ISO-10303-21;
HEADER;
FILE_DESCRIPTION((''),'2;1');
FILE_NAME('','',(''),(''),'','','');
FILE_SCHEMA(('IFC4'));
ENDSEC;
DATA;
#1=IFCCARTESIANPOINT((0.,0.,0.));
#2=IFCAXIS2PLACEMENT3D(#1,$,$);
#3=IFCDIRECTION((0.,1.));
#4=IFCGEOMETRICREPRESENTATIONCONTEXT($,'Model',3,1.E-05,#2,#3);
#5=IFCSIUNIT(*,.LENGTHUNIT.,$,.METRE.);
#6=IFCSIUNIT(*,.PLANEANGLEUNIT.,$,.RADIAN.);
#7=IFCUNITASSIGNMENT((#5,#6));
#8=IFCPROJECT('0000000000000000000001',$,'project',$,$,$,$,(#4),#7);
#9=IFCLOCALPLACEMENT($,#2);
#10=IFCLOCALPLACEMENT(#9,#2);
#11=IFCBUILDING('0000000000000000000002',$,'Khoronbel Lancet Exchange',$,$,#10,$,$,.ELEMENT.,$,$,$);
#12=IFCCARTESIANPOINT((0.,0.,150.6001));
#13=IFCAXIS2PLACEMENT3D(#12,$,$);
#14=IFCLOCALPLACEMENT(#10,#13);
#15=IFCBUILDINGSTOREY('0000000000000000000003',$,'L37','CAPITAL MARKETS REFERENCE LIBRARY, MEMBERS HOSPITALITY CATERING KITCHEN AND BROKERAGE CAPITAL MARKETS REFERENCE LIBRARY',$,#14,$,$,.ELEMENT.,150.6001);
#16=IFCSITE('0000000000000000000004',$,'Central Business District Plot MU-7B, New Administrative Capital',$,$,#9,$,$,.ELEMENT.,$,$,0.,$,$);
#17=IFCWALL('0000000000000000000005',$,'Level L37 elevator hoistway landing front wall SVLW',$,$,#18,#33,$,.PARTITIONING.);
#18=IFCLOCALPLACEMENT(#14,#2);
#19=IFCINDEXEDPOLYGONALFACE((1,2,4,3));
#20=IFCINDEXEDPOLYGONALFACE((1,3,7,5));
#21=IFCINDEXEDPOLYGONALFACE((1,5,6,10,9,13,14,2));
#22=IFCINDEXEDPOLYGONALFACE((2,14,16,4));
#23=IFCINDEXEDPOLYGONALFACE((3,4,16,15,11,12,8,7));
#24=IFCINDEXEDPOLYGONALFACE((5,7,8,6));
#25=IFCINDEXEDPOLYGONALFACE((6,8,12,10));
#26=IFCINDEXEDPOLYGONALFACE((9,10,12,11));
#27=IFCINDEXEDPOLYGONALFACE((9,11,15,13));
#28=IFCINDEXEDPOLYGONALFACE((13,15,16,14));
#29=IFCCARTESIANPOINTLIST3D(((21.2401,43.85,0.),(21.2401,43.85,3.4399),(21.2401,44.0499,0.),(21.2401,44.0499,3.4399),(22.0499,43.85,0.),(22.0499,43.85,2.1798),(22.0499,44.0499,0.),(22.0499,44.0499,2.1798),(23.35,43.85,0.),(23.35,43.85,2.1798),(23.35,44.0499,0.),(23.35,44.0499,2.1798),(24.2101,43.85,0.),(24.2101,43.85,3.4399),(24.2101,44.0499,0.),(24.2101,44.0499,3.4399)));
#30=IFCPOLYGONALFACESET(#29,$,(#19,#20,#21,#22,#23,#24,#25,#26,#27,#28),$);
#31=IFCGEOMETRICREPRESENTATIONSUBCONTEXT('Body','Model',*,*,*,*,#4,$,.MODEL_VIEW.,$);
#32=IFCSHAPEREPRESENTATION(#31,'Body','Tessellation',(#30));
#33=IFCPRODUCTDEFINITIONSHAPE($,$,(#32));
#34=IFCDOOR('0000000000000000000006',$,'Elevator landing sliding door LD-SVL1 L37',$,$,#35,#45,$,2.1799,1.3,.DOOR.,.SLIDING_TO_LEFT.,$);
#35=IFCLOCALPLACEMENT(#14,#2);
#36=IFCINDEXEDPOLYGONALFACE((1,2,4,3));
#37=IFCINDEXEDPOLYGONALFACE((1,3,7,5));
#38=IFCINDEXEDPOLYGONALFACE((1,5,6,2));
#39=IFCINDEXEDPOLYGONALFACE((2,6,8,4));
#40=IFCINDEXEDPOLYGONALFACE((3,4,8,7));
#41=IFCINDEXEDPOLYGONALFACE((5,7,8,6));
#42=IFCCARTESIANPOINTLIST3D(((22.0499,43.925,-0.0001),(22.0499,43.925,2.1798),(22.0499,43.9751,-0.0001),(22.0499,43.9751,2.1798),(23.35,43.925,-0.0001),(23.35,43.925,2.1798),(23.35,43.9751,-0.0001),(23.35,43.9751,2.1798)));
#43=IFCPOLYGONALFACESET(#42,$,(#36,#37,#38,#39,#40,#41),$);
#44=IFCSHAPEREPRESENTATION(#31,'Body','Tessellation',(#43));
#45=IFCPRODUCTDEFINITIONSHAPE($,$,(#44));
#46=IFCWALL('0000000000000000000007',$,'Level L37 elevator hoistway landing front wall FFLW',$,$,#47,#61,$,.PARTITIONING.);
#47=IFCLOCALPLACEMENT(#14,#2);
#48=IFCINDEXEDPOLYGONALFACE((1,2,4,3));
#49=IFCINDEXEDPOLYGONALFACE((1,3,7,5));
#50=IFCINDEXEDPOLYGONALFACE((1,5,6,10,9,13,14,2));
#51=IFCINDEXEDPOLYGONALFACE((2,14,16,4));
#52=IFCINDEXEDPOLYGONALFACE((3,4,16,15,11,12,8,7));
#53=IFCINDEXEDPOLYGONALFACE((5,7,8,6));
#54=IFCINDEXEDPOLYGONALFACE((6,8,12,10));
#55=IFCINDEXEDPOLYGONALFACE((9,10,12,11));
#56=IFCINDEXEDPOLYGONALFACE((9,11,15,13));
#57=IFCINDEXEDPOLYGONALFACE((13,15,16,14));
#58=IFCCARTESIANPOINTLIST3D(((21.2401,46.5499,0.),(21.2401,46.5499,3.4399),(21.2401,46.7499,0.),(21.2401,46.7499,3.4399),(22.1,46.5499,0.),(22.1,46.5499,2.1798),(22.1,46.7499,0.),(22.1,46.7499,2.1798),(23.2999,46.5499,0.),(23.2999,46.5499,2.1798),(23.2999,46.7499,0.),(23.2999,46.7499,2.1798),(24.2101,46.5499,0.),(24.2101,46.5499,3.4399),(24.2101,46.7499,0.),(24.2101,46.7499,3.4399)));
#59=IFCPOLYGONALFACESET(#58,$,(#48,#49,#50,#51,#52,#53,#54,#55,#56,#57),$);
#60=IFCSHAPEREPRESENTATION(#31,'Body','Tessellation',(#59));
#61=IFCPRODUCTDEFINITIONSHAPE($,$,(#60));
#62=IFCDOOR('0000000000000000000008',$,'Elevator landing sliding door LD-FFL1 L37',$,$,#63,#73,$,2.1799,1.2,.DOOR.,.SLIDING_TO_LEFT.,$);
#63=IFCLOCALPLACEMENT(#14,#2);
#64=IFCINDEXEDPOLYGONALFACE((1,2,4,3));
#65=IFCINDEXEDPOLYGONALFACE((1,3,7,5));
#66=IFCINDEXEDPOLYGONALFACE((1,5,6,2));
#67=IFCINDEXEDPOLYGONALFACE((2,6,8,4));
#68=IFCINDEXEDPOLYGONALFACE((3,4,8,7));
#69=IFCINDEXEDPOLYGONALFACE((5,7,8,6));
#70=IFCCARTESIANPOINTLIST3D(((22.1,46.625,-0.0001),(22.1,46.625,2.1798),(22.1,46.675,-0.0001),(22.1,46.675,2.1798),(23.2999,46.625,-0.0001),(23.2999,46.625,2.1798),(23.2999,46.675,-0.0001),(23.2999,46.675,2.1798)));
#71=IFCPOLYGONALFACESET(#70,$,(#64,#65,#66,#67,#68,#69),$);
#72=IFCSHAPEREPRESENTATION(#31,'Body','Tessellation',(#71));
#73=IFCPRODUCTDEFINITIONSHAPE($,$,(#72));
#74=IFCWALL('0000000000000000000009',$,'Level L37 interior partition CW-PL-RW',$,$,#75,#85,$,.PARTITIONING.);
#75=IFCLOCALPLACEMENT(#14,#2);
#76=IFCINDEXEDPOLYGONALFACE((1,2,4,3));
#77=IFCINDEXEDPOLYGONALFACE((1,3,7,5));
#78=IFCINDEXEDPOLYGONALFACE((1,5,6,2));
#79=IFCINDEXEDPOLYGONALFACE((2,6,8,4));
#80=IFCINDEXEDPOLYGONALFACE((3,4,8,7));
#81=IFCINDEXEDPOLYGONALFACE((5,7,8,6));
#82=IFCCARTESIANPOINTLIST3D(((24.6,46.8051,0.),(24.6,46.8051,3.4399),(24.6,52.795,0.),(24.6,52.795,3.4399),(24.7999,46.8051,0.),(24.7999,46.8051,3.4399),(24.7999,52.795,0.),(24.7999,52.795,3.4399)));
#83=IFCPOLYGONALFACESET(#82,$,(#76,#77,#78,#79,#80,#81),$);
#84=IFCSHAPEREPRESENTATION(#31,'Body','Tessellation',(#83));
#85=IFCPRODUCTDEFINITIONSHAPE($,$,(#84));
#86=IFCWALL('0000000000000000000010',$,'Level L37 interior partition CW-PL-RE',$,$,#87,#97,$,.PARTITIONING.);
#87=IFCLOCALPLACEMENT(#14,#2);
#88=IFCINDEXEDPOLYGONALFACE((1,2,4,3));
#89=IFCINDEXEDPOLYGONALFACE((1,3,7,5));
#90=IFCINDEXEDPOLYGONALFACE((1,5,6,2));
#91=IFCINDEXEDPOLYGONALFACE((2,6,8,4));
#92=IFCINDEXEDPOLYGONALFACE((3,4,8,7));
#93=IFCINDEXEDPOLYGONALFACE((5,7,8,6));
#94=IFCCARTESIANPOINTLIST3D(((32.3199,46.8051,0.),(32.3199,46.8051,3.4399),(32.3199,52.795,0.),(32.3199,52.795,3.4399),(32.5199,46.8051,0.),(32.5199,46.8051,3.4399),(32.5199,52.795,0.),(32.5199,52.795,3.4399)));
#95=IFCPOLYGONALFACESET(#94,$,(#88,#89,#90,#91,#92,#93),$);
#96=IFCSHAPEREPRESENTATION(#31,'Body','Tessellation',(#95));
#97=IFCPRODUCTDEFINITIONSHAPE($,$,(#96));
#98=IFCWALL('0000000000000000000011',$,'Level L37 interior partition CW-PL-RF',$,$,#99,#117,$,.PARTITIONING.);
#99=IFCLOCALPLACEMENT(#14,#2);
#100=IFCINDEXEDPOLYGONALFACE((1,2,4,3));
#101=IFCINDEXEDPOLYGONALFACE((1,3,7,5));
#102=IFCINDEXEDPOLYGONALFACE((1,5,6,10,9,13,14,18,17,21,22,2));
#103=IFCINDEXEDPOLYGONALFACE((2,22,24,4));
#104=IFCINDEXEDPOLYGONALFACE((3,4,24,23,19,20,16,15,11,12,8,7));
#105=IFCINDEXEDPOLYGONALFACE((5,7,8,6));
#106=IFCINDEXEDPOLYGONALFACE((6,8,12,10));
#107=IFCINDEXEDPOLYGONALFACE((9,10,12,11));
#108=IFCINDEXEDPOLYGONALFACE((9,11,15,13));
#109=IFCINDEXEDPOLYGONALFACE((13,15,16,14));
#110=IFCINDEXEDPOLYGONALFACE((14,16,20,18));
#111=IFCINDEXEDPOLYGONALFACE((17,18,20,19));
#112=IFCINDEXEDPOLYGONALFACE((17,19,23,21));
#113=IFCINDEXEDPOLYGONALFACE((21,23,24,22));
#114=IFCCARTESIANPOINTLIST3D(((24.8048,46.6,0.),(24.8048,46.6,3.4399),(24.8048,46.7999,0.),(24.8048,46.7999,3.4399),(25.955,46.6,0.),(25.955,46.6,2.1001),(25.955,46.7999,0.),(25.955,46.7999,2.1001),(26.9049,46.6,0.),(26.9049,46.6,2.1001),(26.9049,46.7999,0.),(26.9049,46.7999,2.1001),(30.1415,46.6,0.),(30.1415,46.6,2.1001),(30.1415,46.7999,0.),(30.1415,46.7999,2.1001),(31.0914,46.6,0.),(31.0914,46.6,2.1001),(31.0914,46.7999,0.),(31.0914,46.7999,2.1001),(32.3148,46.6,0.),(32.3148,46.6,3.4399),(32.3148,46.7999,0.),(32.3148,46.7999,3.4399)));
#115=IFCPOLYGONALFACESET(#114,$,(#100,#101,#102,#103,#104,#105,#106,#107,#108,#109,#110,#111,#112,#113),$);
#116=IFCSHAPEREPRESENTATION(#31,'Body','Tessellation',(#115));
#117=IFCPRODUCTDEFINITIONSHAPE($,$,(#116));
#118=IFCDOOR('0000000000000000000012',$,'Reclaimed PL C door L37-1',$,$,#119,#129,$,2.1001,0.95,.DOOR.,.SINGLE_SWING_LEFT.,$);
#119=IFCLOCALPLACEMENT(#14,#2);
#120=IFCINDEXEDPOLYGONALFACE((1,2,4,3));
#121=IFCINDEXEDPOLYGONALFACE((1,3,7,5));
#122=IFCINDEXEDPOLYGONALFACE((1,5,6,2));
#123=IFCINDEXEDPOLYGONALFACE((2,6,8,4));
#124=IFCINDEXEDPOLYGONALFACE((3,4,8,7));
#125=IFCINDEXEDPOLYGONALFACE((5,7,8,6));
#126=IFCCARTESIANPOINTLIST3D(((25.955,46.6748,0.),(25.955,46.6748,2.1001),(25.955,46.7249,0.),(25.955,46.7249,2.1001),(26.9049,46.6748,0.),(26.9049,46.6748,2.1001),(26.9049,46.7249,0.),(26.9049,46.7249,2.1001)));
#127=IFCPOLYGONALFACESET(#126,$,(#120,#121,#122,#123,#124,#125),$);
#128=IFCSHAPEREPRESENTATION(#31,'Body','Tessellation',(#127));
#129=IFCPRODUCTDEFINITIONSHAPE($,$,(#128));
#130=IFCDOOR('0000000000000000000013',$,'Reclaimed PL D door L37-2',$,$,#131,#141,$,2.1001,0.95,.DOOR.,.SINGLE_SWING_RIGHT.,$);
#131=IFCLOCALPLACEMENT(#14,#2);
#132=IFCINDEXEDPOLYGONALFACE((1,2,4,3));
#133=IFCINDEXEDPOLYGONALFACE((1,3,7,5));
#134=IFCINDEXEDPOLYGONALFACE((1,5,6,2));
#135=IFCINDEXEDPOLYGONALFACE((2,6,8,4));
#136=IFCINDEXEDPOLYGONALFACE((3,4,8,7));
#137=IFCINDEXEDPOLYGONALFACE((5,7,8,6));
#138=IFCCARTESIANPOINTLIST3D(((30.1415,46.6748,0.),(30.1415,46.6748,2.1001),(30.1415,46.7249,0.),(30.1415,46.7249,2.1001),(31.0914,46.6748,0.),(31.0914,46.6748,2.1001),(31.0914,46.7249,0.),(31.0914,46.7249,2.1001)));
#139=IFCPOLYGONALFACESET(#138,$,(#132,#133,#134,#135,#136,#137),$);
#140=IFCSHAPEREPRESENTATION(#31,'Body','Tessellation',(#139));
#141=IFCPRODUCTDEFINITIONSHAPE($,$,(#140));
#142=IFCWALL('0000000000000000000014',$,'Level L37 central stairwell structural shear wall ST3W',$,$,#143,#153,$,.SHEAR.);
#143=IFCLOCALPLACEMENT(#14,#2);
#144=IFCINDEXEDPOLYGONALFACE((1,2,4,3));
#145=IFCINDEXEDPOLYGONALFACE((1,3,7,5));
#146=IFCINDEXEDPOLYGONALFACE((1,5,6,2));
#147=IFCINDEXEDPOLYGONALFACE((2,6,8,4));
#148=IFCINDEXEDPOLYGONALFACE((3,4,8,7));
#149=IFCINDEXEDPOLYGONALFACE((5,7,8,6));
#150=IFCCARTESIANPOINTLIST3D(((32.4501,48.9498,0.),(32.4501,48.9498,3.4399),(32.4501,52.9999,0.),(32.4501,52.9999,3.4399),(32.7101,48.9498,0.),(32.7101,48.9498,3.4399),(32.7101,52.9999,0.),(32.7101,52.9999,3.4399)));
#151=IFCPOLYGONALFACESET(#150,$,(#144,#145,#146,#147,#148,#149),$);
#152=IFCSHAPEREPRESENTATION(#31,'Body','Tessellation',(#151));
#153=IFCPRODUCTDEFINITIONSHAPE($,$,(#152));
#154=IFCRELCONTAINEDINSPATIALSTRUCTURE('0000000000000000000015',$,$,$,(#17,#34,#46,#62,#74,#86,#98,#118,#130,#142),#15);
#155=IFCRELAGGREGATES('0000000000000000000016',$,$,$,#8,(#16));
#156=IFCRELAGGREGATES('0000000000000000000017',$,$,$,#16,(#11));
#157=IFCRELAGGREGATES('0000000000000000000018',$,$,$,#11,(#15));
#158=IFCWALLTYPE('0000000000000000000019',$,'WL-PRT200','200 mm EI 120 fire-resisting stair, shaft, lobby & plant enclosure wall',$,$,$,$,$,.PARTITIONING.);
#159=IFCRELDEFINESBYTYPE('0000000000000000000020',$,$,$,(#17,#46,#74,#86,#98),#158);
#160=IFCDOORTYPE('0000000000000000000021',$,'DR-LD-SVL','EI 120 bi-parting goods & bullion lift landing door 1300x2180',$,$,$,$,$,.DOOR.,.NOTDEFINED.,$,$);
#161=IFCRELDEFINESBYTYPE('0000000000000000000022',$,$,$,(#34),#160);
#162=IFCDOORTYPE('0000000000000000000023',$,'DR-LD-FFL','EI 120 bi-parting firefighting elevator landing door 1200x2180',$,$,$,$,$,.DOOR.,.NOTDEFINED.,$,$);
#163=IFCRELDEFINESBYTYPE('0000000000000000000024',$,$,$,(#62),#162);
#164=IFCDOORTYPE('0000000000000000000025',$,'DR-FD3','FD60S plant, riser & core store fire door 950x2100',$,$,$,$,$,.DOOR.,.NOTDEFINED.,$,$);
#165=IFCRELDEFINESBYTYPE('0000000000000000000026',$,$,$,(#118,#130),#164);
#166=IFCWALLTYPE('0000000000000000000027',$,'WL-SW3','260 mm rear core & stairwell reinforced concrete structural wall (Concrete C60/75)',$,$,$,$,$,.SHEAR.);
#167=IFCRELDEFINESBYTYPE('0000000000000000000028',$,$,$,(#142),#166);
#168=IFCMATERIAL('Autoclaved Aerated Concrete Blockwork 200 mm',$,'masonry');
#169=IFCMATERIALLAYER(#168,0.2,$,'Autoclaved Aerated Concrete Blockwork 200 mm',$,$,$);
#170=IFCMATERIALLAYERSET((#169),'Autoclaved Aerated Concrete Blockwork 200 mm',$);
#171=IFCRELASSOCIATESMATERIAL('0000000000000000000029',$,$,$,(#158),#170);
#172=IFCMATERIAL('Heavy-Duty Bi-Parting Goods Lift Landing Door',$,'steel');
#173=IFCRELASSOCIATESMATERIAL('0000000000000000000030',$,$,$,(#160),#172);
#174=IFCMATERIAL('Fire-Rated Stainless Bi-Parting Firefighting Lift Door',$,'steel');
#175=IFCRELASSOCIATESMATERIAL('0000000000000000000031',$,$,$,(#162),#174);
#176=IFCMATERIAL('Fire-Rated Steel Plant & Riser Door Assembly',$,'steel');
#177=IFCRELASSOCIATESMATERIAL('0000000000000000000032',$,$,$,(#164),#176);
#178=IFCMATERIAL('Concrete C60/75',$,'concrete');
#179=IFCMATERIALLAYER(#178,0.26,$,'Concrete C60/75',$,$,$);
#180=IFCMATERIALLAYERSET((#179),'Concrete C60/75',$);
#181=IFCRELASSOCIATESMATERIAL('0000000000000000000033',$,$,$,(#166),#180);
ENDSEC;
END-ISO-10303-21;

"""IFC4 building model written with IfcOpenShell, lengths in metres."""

from ifc_helpers import new_model, si_unit, direction, frame, frame_2d, origin, place, context, subcontext, project, spatial, rectangle, extrude, material, layer, layer_set, type_object, element, fill, save


model = new_model("IFC4")

# Units and contexts
model_context = context("Model", 3, precision=1e-05, world=origin(), true_north=direction((0.0, 1.0)))
body_context = subcontext(model_context, "Body", "Model", "MODEL_VIEW")
ifc_project = project(units=[si_unit("LENGTHUNIT", "METRE"), si_unit("PLANEANGLEUNIT", "RADIAN")], contexts=[model_context])

# Site, building, storey
site_placement = place(None, origin())
site = spatial("IfcSite", under=ifc_project, at=site_placement, Name="Central Business District Plot MU-7B, New Administrative Capital", CompositionType="ELEMENT", RefElevation=0.0)
building_placement = place(site_placement, origin())
building = spatial("IfcBuilding", under=site, at=building_placement, Name="Khoronbel Lancet Exchange", CompositionType="ELEMENT")
storey_placement = place(building_placement, frame((0.0, 0.0, 150.6001)))
storey = spatial("IfcBuildingStorey", under=building, at=storey_placement, Name="L37", Description="CAPITAL MARKETS REFERENCE LIBRARY, MEMBERS HOSPITALITY CATERING KITCHEN AND BROKERAGE CAPITAL MARKETS REFERENCE LIBRARY", CompositionType="ELEMENT", Elevation=150.6001)

# Shared definitions
ifc_material_1 = material(Name="Autoclaved Aerated Concrete Blockwork 200 mm", Category="masonry")
ifc_layer_1 = layer(ifc_material_1, 0.2, Name="Autoclaved Aerated Concrete Blockwork 200 mm")
ifc_layer_set_1 = layer_set([ifc_layer_1], Name="Autoclaved Aerated Concrete Blockwork 200 mm")
wall_type_1 = type_object("IfcWallType", Name="WL-PRT200", Description="200 mm EI 120 fire-resisting stair, shaft, lobby & plant enclosure wall", PredefinedType="PARTITIONING", material=ifc_layer_set_1)

# Walls, openings, doors
wall_1_placement = place(storey_placement, frame((24.21, 43.95, 0.0), z_axis=(0.0, 0.0, 1.0), x_axis=(-1.0, 0.0, 0.0)))
wall_1 = element("IfcWall", 1, at=wall_1_placement, inside=storey, type_object=wall_type_1, Name="Level L37 elevator hoistway landing front wall SVLW", PredefinedType="PARTITIONING", context=body_context, shape_type="SweptSolid", body=[
    extrude(rectangle(XDim=2.97, YDim=0.2, at=frame_2d((1.4849, 0.0))), origin(), (0.0, 0.0, 1.0), 3.4399),
])
opening_1_placement = place(wall_1_placement, frame((0.8601, 0.0, 0.0)))
opening_1 = element("IfcOpeningElement", 2, at=opening_1_placement, cuts=wall_1, PredefinedType="OPENING", context=body_context, shape_type="SweptSolid", body=[
    extrude(rectangle(XDim=1.3, YDim=2.1799, at=frame_2d((0.6499, 1.0898))), frame((0.0, 0.1099, 0.0), z_axis=(0.0, -1.0, 0.0), x_axis=(1.0, 0.0, 0.0)), (0.0, 0.0, 1.0), 0.22),
])
ifc_material_2 = material(Name="Heavy-Duty Bi-Parting Goods Lift Landing Door", Category="steel")
door_type_1 = type_object("IfcDoorType", Name="DR-LD-SVL", Description="EI 120 bi-parting goods & bullion lift landing door 1300x2180", OperationType="NOTDEFINED", PredefinedType="DOOR", material=ifc_material_2)
door_1_placement = place(opening_1_placement, origin())
door_1 = element("IfcDoor", 3, at=door_1_placement, inside=storey, type_object=door_type_1, Name="Elevator landing sliding door LD-SVL1 L37", OperationType="SLIDING_TO_LEFT", OverallHeight=2.1799, OverallWidth=1.3, PredefinedType="DOOR", context=body_context, shape_type="SweptSolid", body=[
    extrude(rectangle(XDim=1.3, YDim=2.1799, at=frame_2d((0.6499, 1.0898))), frame((0.0, 0.0249, 0.0), z_axis=(0.0, -1.0, 0.0), x_axis=(1.0, 0.0, 0.0)), (0.0, 0.0, 1.0), 0.05),
])
fill(opening_1, door_1)
wall_2_placement = place(storey_placement, frame((24.21, 46.6499, 0.0), z_axis=(0.0, 0.0, 1.0), x_axis=(-1.0, 0.0, 0.0)))
wall_2 = element("IfcWall", 4, at=wall_2_placement, inside=storey, type_object=wall_type_1, Name="Level L37 elevator hoistway landing front wall FFLW", PredefinedType="PARTITIONING", context=body_context, shape_type="SweptSolid", body=[
    extrude(rectangle(XDim=2.97, YDim=0.2, at=frame_2d((1.4849, 0.0))), origin(), (0.0, 0.0, 1.0), 3.4399),
])
opening_2_placement = place(wall_2_placement, frame((0.9099, 0.0, 0.0)))
opening_2 = element("IfcOpeningElement", 5, at=opening_2_placement, cuts=wall_2, PredefinedType="OPENING", context=body_context, shape_type="SweptSolid", body=[
    extrude(rectangle(XDim=1.2, YDim=2.1799, at=frame_2d((0.6001, 1.0898))), frame((0.0, 0.1099, 0.0), z_axis=(0.0, -1.0, 0.0), x_axis=(1.0, 0.0, 0.0)), (0.0, 0.0, 1.0), 0.22),
])
ifc_material_3 = material(Name="Fire-Rated Stainless Bi-Parting Firefighting Lift Door", Category="steel")
door_type_2 = type_object("IfcDoorType", Name="DR-LD-FFL", Description="EI 120 bi-parting firefighting elevator landing door 1200x2180", OperationType="NOTDEFINED", PredefinedType="DOOR", material=ifc_material_3)
door_2_placement = place(opening_2_placement, origin())
door_2 = element("IfcDoor", 6, at=door_2_placement, inside=storey, type_object=door_type_2, Name="Elevator landing sliding door LD-FFL1 L37", OperationType="SLIDING_TO_LEFT", OverallHeight=2.1799, OverallWidth=1.2, PredefinedType="DOOR", context=body_context, shape_type="SweptSolid", body=[
    extrude(rectangle(XDim=1.2, YDim=2.1799, at=frame_2d((0.6001, 1.0898))), frame((0.0, 0.0249, 0.0), z_axis=(0.0, -1.0, 0.0), x_axis=(1.0, 0.0, 0.0)), (0.0, 0.0, 1.0), 0.05),
])
fill(opening_2, door_2)

# Walls
for number, where, z_axis, x_axis, name in (
    (7, (24.7, 46.8049, 0.0), (0.0, 0.0, 1.0), (0.0, 1.0, 0.0), "Level L37 interior partition CW-PL-RW"),
    (8, (32.4199, 46.8049, 0.0), (0.0, 0.0, 1.0), (0.0, 1.0, 0.0), "Level L37 interior partition CW-PL-RE"),
):
    element("IfcWall", number, at=place(storey_placement, frame(where, z_axis=z_axis, x_axis=x_axis)), inside=storey, type_object=wall_type_1, Name=name, PredefinedType="PARTITIONING", context=body_context, shape_type="SweptSolid", body=[
        extrude(rectangle(XDim=5.99, YDim=0.2, at=frame_2d((2.9951, 0.0))), origin(), (0.0, 0.0, 1.0), 3.4399),
    ])

# Wall, openings, doors
wall_3_placement = place(storey_placement, frame((24.8049, 46.7, 0.0), z_axis=(0.0, 0.0, 1.0), x_axis=(1.0, 0.0, 0.0)))
wall_3 = element("IfcWall", 9, at=wall_3_placement, inside=storey, type_object=wall_type_1, Name="Level L37 interior partition CW-PL-RF", PredefinedType="PARTITIONING", context=body_context, shape_type="SweptSolid", body=[
    extrude(rectangle(XDim=7.51, YDim=0.2, at=frame_2d((3.7549, 0.0))), origin(), (0.0, 0.0, 1.0), 3.4399),
])
opening_3_placement = place(wall_3_placement, frame((1.1499, 0.0, 0.0)))
opening_3 = element("IfcOpeningElement", 10, at=opening_3_placement, cuts=wall_3, PredefinedType="OPENING", context=body_context, shape_type="SweptSolid", body=[
    extrude(rectangle(XDim=0.95, YDim=2.1001, at=frame_2d((0.4751, 1.05))), frame((0.0, 0.1099, 0.0), z_axis=(0.0, -1.0, 0.0), x_axis=(1.0, 0.0, 0.0)), (0.0, 0.0, 1.0), 0.22),
])
opening_4_placement = place(wall_3_placement, frame((5.3364, 0.0, 0.0)))
opening_4 = element("IfcOpeningElement", 11, at=opening_4_placement, cuts=wall_3, PredefinedType="OPENING", context=body_context, shape_type="SweptSolid", body=[
    extrude(rectangle(XDim=0.95, YDim=2.1001, at=frame_2d((0.4751, 1.05))), frame((0.0, 0.1099, 0.0), z_axis=(0.0, -1.0, 0.0), x_axis=(1.0, 0.0, 0.0)), (0.0, 0.0, 1.0), 0.22),
])
ifc_material_4 = material(Name="Fire-Rated Steel Plant & Riser Door Assembly", Category="steel")
door_type_3 = type_object("IfcDoorType", Name="DR-FD3", Description="FD60S plant, riser & core store fire door 950x2100", OperationType="NOTDEFINED", PredefinedType="DOOR", material=ifc_material_4)
door_3_placement = place(opening_3_placement, origin())
door_3 = element("IfcDoor", 12, at=door_3_placement, inside=storey, type_object=door_type_3, Name="Reclaimed PL C door L37-1", OperationType="SINGLE_SWING_LEFT", OverallHeight=2.1001, OverallWidth=0.95, PredefinedType="DOOR", context=body_context, shape_type="SweptSolid", body=[
    extrude(rectangle(XDim=0.95, YDim=2.1001, at=frame_2d((0.4751, 1.05))), frame((0.0, 0.0249, 0.0), z_axis=(0.0, -1.0, 0.0), x_axis=(1.0, 0.0, 0.0)), (0.0, 0.0, 1.0), 0.05),
])
fill(opening_3, door_3)
door_4_placement = place(opening_4_placement, origin())
door_4 = element("IfcDoor", 13, at=door_4_placement, inside=storey, type_object=door_type_3, Name="Reclaimed PL D door L37-2", OperationType="SINGLE_SWING_RIGHT", OverallHeight=2.1001, OverallWidth=0.95, PredefinedType="DOOR", context=body_context, shape_type="SweptSolid", body=[
    extrude(rectangle(XDim=0.95, YDim=2.1001, at=frame_2d((0.4751, 1.05))), frame((0.0, 0.0249, 0.0), z_axis=(0.0, -1.0, 0.0), x_axis=(1.0, 0.0, 0.0)), (0.0, 0.0, 1.0), 0.05),
])
fill(opening_4, door_4)

# Wall
ifc_material_5 = material(Name="Concrete C60/75", Category="concrete")
ifc_layer_2 = layer(ifc_material_5, 0.26, Name="Concrete C60/75")
ifc_layer_set_2 = layer_set([ifc_layer_2], Name="Concrete C60/75")
wall_type_2 = type_object("IfcWallType", Name="WL-SW3", Description="260 mm rear core & stairwell reinforced concrete structural wall (Concrete C60/75)", PredefinedType="SHEAR", material=ifc_layer_set_2)
wall_4_placement = place(storey_placement, frame((32.5801, 48.95, 0.0), z_axis=(0.0, 0.0, 1.0), x_axis=(0.0, 1.0, 0.0)))
element("IfcWall", 14, at=wall_4_placement, inside=storey, type_object=wall_type_2, Name="Level L37 central stairwell structural shear wall ST3W", PredefinedType="SHEAR", context=body_context, shape_type="SweptSolid", body=[
    extrude(rectangle(XDim=4.05, YDim=0.26, at=frame_2d((2.0249, 0.0))), origin(), (0.0, 0.0, 1.0), 3.4399),
])

save(model, "model.ifc")
